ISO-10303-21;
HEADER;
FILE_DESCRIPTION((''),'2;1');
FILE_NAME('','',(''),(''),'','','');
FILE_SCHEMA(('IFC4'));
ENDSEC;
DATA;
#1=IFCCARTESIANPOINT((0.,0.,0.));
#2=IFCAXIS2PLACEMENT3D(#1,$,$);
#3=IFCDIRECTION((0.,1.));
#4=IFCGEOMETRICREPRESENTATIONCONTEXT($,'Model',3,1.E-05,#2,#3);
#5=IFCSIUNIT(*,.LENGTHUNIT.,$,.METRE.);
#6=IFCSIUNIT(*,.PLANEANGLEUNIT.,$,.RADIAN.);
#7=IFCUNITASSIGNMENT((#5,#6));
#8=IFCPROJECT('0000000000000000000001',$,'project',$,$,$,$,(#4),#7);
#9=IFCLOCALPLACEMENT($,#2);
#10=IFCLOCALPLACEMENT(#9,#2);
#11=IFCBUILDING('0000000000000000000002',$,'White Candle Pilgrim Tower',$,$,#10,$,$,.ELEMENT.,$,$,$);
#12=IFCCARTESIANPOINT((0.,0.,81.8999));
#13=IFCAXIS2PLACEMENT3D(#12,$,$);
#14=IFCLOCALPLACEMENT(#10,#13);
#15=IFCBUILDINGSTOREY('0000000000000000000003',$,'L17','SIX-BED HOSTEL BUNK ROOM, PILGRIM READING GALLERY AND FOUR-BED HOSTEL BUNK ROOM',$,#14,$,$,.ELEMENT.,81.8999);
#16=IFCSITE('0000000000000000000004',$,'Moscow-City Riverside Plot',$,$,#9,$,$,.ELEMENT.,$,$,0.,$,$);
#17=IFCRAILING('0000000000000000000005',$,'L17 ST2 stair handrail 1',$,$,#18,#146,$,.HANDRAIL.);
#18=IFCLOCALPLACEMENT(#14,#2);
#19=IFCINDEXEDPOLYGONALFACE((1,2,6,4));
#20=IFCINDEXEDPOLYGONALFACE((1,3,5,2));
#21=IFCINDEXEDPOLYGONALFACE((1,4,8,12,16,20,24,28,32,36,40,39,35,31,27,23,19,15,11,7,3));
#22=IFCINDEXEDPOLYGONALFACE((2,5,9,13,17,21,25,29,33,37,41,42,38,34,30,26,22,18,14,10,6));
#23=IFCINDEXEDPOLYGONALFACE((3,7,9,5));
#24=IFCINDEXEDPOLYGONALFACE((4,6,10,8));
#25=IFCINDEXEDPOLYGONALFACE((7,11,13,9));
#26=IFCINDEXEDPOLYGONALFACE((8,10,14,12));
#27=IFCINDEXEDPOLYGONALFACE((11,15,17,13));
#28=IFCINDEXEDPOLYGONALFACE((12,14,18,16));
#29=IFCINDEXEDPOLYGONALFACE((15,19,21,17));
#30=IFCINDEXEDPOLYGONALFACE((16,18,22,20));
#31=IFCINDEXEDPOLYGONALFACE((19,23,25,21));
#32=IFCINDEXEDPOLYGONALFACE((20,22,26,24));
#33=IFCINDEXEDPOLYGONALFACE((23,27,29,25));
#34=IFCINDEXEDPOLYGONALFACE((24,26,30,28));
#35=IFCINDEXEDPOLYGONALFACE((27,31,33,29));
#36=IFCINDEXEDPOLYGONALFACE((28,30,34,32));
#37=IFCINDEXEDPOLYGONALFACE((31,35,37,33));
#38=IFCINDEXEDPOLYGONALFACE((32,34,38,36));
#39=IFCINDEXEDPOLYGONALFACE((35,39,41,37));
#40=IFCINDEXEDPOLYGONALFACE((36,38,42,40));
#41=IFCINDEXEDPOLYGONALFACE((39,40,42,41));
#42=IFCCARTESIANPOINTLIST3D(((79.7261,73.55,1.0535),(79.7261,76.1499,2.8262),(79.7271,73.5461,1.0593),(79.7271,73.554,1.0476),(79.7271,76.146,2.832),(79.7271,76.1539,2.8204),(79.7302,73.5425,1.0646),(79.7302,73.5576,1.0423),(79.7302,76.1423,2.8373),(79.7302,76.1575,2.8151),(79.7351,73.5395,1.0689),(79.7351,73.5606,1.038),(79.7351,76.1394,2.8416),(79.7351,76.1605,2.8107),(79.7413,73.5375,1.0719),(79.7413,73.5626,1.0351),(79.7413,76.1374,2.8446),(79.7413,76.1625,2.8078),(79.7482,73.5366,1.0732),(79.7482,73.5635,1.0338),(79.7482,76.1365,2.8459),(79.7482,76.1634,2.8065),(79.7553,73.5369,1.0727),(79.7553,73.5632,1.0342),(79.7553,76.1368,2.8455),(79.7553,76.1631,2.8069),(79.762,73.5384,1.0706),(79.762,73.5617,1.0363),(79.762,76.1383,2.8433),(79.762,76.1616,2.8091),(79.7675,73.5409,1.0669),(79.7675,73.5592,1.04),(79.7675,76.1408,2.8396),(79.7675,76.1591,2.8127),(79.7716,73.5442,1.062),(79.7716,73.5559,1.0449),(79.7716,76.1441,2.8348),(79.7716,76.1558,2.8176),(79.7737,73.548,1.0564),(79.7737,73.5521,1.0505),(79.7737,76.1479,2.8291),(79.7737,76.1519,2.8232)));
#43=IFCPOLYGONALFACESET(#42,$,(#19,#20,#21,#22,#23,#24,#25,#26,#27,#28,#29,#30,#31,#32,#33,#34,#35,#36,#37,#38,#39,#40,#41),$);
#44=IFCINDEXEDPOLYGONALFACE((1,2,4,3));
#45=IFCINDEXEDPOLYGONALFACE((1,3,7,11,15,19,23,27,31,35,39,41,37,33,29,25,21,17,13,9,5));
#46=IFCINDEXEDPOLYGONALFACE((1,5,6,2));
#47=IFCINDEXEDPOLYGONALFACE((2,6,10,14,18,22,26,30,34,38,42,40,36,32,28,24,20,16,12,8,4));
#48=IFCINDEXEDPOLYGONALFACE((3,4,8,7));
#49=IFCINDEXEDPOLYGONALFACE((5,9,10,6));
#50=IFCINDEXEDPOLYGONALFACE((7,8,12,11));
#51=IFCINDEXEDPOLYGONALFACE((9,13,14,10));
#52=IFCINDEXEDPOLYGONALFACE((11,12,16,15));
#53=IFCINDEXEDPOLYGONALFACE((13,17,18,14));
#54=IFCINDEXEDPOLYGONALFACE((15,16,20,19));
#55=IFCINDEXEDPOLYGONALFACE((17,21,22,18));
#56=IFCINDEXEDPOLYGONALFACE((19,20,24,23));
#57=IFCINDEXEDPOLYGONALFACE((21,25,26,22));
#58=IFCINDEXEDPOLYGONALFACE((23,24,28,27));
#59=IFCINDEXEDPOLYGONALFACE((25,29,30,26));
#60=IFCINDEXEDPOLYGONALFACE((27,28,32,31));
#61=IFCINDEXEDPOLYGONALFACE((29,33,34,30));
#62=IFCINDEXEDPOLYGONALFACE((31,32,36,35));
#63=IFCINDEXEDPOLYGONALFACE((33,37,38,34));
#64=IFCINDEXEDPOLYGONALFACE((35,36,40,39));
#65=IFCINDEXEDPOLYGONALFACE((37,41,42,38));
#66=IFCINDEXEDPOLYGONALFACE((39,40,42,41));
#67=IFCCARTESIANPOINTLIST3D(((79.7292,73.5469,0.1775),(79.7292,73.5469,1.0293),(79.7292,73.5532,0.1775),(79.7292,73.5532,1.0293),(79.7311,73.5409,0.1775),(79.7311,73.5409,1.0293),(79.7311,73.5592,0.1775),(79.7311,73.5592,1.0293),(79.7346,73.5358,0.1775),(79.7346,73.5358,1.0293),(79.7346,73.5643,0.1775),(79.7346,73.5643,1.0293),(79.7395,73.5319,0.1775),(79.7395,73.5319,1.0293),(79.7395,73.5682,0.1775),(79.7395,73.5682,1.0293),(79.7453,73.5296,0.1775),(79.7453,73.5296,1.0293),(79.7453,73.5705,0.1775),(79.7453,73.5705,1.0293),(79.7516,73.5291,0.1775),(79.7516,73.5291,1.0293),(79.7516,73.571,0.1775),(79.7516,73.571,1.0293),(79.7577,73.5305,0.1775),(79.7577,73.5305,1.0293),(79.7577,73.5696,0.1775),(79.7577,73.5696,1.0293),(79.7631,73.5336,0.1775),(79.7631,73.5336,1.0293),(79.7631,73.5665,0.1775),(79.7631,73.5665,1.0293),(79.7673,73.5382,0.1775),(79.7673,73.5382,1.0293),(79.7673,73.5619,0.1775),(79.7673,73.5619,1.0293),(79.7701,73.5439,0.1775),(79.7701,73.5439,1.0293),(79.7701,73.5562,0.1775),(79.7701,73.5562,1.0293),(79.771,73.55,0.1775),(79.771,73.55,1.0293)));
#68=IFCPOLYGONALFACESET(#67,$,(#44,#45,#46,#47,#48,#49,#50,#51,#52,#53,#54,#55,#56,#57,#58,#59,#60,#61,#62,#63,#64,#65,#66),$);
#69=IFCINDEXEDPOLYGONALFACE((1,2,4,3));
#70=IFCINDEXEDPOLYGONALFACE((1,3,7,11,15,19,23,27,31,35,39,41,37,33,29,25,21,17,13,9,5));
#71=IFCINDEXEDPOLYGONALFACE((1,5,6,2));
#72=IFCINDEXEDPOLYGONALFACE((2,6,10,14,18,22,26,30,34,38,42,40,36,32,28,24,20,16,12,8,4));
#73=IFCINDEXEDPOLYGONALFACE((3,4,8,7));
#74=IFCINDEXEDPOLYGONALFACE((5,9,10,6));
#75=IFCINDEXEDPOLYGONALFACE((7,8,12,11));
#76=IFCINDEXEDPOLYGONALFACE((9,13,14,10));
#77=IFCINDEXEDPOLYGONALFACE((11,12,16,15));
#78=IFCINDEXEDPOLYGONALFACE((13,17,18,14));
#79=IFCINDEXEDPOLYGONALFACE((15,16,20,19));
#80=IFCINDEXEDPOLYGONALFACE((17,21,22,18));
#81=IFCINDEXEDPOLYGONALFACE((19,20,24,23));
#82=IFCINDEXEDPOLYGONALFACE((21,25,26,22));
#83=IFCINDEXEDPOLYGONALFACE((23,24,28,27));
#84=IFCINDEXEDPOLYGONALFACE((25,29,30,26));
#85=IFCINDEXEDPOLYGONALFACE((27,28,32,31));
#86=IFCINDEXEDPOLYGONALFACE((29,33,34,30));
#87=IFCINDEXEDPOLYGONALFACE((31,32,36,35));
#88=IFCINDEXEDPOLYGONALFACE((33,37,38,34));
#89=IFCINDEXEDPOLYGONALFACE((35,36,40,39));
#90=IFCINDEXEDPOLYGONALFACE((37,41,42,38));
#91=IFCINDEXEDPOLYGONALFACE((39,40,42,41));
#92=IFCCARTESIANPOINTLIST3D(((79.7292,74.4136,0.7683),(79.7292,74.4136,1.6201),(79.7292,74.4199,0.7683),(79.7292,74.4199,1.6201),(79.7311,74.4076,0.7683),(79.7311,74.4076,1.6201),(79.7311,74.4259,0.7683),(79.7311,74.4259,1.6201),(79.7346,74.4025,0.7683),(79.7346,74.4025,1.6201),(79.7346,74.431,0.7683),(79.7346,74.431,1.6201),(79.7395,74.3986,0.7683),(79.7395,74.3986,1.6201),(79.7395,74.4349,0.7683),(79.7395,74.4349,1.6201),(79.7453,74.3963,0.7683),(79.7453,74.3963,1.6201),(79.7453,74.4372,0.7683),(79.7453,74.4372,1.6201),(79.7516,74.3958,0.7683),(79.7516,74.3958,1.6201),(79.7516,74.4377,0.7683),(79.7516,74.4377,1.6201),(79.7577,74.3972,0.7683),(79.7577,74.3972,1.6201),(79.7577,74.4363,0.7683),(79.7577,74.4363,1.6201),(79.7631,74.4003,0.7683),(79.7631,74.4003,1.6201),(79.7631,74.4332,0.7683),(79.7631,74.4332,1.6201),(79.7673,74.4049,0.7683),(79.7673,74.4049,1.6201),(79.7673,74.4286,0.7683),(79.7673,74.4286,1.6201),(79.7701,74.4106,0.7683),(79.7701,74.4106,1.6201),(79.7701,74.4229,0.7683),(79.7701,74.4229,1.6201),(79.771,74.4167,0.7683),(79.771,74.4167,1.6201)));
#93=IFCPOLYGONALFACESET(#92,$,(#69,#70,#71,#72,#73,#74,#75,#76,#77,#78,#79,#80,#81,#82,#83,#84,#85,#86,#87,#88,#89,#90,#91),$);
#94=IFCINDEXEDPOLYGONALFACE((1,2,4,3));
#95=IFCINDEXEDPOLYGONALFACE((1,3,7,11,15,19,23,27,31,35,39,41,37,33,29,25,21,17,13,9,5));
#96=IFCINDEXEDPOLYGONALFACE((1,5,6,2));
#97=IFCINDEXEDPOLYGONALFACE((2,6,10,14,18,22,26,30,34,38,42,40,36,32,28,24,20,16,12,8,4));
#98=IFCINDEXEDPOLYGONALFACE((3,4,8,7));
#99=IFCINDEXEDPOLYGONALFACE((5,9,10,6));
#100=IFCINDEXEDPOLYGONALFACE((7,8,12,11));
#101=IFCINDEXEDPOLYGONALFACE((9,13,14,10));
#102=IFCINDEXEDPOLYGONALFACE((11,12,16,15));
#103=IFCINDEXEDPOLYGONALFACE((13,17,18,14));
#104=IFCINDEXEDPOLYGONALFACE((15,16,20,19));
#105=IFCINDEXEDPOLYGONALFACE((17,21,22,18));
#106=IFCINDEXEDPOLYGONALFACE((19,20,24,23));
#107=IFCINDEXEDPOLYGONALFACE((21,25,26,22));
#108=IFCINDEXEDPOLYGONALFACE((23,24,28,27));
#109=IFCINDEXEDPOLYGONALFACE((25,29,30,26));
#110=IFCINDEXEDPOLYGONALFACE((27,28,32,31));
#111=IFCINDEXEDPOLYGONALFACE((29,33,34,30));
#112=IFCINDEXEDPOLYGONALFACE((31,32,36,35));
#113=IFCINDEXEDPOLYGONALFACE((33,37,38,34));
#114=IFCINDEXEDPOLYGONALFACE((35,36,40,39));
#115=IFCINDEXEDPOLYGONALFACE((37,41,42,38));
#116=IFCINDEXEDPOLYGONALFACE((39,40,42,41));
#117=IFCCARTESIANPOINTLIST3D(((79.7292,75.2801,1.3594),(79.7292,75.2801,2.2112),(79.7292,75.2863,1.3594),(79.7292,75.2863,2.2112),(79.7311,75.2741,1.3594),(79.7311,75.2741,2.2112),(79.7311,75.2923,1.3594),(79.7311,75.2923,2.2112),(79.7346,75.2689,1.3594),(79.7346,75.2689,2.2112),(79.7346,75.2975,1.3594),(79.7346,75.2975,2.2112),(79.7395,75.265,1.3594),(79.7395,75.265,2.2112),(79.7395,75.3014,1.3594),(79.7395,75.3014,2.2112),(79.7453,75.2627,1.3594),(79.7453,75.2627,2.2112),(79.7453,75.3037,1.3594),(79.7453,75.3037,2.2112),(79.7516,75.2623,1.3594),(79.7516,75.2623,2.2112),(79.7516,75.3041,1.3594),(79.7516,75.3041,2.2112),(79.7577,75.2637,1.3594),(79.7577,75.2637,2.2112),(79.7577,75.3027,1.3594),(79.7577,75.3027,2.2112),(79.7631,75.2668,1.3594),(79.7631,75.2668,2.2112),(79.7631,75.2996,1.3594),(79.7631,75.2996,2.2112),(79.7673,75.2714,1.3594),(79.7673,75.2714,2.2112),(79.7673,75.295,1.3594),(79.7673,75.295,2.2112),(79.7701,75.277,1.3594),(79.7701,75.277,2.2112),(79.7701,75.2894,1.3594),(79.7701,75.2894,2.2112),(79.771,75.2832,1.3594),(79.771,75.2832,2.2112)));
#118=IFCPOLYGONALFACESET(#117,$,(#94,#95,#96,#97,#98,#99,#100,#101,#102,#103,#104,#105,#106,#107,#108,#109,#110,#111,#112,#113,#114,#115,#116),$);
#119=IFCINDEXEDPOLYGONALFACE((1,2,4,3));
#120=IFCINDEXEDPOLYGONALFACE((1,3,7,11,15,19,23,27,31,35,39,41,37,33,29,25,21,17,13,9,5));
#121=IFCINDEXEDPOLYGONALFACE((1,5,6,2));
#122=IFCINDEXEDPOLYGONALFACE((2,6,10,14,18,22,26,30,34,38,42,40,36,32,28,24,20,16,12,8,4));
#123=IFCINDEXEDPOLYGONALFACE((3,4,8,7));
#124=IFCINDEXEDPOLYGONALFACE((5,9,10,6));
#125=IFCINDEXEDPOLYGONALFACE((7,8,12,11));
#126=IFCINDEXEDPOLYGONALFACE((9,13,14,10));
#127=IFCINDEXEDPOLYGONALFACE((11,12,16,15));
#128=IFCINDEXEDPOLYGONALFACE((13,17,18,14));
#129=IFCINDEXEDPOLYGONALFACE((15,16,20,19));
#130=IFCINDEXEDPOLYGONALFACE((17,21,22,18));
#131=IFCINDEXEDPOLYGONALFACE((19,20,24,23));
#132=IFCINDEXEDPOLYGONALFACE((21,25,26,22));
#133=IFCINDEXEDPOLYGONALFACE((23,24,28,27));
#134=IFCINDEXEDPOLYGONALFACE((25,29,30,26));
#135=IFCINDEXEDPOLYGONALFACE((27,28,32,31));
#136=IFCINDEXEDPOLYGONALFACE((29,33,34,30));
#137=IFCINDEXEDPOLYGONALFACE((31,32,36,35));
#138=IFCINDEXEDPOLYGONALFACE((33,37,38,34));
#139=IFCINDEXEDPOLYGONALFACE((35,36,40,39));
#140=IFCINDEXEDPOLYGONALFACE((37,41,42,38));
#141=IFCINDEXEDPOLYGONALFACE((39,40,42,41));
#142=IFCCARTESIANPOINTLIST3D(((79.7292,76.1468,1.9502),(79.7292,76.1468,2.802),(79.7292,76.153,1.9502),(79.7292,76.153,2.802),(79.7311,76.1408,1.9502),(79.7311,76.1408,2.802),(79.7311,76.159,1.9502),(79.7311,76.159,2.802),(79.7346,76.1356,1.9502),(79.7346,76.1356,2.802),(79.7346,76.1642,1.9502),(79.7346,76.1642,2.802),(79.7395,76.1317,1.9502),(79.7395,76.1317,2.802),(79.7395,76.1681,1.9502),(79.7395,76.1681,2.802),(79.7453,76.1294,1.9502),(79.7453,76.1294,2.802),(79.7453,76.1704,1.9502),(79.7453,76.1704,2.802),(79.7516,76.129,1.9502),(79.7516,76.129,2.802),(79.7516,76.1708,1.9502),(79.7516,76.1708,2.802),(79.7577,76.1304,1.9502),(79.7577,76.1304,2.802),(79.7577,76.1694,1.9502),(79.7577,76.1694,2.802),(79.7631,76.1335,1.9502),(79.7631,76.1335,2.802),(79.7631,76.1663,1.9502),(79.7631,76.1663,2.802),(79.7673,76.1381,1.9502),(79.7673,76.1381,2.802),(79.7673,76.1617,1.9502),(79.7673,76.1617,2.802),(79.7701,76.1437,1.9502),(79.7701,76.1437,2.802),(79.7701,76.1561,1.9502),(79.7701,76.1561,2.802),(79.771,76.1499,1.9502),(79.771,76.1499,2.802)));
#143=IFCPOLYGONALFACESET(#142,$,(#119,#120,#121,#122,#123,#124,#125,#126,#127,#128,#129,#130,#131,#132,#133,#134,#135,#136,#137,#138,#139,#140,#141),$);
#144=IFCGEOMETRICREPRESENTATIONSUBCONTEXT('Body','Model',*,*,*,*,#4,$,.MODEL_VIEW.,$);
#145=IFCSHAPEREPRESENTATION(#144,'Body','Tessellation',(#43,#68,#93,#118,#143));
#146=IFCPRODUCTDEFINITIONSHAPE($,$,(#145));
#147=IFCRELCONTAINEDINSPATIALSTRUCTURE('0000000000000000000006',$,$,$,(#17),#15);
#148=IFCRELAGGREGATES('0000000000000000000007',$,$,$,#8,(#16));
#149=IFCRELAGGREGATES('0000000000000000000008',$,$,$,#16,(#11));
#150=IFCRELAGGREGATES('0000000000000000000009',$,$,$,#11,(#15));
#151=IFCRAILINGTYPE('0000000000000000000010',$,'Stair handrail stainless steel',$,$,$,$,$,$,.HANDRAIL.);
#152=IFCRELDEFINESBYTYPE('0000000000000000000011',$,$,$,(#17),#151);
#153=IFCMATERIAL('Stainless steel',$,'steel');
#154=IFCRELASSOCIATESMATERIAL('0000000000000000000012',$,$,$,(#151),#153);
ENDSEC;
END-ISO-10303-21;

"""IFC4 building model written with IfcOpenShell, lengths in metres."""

from ifc_helpers import new_model, si_unit, direction, frame, origin, origin_2d, place, context, subcontext, project, spatial, circle, extrude, material, type_object, element, save


model = new_model("IFC4")

# Units and contexts
model_context = context("Model", 3, precision=1e-05, world=origin(), true_north=direction((0.0, 1.0)))
body_context = subcontext(model_context, "Body", "Model", "MODEL_VIEW")
ifc_project = project(units=[si_unit("LENGTHUNIT", "METRE"), si_unit("PLANEANGLEUNIT", "RADIAN")], contexts=[model_context])

# Site, building, storey
site_placement = place(None, origin())
site = spatial("IfcSite", under=ifc_project, at=site_placement, Name="Moscow-City Riverside Plot", CompositionType="ELEMENT", RefElevation=0.0)
building_placement = place(site_placement, origin())
building = spatial("IfcBuilding", under=site, at=building_placement, Name="White Candle Pilgrim Tower", CompositionType="ELEMENT")
storey_placement = place(building_placement, frame((0.0, 0.0, 81.8999)))
storey = spatial("IfcBuildingStorey", under=building, at=storey_placement, Name="L17", Description="SIX-BED HOSTEL BUNK ROOM, PILGRIM READING GALLERY AND FOUR-BED HOSTEL BUNK ROOM", CompositionType="ELEMENT", Elevation=81.8999)

# Railing
ifc_material_1 = material(Name="Stainless steel", Category="steel")
railing_type_1 = type_object("IfcRailingType", Name="Stair handrail stainless steel", PredefinedType="HANDRAIL", material=ifc_material_1)
railing_1_placement = place(storey_placement, frame((79.75, 73.55, 0.1775)))
element("IfcRailing", 1, at=railing_1_placement, inside=storey, type_object=railing_type_1, Name="L17 ST2 stair handrail 1", PredefinedType="HANDRAIL", context=body_context, shape_type="SweptSolid", body=[
    extrude(circle(Radius=0.0239, at=origin_2d()), frame((0.0, 0.0, 0.876), z_axis=(0.0, 0.826216, 0.563354), x_axis=(-1.0, 0.0, 0.0)), (0.0, 0.0, 1.0), 3.1467),
    extrude(circle(Radius=0.021, at=origin_2d()), origin(), (0.0, 0.0, 1.0), 0.8518),
    extrude(circle(Radius=0.021, at=origin_2d()), frame((0.0, 0.8667, 0.5908)), (0.0, 0.0, 1.0), 0.8518),
    extrude(circle(Radius=0.021, at=origin_2d()), frame((0.0, 1.7332, 1.1819)), (0.0, 0.0, 1.0), 0.8518),
    extrude(circle(Radius=0.021, at=origin_2d()), frame((0.0, 2.5999, 1.7727)), (0.0, 0.0, 1.0), 0.8518),
])

save(model, "model.ifc")
